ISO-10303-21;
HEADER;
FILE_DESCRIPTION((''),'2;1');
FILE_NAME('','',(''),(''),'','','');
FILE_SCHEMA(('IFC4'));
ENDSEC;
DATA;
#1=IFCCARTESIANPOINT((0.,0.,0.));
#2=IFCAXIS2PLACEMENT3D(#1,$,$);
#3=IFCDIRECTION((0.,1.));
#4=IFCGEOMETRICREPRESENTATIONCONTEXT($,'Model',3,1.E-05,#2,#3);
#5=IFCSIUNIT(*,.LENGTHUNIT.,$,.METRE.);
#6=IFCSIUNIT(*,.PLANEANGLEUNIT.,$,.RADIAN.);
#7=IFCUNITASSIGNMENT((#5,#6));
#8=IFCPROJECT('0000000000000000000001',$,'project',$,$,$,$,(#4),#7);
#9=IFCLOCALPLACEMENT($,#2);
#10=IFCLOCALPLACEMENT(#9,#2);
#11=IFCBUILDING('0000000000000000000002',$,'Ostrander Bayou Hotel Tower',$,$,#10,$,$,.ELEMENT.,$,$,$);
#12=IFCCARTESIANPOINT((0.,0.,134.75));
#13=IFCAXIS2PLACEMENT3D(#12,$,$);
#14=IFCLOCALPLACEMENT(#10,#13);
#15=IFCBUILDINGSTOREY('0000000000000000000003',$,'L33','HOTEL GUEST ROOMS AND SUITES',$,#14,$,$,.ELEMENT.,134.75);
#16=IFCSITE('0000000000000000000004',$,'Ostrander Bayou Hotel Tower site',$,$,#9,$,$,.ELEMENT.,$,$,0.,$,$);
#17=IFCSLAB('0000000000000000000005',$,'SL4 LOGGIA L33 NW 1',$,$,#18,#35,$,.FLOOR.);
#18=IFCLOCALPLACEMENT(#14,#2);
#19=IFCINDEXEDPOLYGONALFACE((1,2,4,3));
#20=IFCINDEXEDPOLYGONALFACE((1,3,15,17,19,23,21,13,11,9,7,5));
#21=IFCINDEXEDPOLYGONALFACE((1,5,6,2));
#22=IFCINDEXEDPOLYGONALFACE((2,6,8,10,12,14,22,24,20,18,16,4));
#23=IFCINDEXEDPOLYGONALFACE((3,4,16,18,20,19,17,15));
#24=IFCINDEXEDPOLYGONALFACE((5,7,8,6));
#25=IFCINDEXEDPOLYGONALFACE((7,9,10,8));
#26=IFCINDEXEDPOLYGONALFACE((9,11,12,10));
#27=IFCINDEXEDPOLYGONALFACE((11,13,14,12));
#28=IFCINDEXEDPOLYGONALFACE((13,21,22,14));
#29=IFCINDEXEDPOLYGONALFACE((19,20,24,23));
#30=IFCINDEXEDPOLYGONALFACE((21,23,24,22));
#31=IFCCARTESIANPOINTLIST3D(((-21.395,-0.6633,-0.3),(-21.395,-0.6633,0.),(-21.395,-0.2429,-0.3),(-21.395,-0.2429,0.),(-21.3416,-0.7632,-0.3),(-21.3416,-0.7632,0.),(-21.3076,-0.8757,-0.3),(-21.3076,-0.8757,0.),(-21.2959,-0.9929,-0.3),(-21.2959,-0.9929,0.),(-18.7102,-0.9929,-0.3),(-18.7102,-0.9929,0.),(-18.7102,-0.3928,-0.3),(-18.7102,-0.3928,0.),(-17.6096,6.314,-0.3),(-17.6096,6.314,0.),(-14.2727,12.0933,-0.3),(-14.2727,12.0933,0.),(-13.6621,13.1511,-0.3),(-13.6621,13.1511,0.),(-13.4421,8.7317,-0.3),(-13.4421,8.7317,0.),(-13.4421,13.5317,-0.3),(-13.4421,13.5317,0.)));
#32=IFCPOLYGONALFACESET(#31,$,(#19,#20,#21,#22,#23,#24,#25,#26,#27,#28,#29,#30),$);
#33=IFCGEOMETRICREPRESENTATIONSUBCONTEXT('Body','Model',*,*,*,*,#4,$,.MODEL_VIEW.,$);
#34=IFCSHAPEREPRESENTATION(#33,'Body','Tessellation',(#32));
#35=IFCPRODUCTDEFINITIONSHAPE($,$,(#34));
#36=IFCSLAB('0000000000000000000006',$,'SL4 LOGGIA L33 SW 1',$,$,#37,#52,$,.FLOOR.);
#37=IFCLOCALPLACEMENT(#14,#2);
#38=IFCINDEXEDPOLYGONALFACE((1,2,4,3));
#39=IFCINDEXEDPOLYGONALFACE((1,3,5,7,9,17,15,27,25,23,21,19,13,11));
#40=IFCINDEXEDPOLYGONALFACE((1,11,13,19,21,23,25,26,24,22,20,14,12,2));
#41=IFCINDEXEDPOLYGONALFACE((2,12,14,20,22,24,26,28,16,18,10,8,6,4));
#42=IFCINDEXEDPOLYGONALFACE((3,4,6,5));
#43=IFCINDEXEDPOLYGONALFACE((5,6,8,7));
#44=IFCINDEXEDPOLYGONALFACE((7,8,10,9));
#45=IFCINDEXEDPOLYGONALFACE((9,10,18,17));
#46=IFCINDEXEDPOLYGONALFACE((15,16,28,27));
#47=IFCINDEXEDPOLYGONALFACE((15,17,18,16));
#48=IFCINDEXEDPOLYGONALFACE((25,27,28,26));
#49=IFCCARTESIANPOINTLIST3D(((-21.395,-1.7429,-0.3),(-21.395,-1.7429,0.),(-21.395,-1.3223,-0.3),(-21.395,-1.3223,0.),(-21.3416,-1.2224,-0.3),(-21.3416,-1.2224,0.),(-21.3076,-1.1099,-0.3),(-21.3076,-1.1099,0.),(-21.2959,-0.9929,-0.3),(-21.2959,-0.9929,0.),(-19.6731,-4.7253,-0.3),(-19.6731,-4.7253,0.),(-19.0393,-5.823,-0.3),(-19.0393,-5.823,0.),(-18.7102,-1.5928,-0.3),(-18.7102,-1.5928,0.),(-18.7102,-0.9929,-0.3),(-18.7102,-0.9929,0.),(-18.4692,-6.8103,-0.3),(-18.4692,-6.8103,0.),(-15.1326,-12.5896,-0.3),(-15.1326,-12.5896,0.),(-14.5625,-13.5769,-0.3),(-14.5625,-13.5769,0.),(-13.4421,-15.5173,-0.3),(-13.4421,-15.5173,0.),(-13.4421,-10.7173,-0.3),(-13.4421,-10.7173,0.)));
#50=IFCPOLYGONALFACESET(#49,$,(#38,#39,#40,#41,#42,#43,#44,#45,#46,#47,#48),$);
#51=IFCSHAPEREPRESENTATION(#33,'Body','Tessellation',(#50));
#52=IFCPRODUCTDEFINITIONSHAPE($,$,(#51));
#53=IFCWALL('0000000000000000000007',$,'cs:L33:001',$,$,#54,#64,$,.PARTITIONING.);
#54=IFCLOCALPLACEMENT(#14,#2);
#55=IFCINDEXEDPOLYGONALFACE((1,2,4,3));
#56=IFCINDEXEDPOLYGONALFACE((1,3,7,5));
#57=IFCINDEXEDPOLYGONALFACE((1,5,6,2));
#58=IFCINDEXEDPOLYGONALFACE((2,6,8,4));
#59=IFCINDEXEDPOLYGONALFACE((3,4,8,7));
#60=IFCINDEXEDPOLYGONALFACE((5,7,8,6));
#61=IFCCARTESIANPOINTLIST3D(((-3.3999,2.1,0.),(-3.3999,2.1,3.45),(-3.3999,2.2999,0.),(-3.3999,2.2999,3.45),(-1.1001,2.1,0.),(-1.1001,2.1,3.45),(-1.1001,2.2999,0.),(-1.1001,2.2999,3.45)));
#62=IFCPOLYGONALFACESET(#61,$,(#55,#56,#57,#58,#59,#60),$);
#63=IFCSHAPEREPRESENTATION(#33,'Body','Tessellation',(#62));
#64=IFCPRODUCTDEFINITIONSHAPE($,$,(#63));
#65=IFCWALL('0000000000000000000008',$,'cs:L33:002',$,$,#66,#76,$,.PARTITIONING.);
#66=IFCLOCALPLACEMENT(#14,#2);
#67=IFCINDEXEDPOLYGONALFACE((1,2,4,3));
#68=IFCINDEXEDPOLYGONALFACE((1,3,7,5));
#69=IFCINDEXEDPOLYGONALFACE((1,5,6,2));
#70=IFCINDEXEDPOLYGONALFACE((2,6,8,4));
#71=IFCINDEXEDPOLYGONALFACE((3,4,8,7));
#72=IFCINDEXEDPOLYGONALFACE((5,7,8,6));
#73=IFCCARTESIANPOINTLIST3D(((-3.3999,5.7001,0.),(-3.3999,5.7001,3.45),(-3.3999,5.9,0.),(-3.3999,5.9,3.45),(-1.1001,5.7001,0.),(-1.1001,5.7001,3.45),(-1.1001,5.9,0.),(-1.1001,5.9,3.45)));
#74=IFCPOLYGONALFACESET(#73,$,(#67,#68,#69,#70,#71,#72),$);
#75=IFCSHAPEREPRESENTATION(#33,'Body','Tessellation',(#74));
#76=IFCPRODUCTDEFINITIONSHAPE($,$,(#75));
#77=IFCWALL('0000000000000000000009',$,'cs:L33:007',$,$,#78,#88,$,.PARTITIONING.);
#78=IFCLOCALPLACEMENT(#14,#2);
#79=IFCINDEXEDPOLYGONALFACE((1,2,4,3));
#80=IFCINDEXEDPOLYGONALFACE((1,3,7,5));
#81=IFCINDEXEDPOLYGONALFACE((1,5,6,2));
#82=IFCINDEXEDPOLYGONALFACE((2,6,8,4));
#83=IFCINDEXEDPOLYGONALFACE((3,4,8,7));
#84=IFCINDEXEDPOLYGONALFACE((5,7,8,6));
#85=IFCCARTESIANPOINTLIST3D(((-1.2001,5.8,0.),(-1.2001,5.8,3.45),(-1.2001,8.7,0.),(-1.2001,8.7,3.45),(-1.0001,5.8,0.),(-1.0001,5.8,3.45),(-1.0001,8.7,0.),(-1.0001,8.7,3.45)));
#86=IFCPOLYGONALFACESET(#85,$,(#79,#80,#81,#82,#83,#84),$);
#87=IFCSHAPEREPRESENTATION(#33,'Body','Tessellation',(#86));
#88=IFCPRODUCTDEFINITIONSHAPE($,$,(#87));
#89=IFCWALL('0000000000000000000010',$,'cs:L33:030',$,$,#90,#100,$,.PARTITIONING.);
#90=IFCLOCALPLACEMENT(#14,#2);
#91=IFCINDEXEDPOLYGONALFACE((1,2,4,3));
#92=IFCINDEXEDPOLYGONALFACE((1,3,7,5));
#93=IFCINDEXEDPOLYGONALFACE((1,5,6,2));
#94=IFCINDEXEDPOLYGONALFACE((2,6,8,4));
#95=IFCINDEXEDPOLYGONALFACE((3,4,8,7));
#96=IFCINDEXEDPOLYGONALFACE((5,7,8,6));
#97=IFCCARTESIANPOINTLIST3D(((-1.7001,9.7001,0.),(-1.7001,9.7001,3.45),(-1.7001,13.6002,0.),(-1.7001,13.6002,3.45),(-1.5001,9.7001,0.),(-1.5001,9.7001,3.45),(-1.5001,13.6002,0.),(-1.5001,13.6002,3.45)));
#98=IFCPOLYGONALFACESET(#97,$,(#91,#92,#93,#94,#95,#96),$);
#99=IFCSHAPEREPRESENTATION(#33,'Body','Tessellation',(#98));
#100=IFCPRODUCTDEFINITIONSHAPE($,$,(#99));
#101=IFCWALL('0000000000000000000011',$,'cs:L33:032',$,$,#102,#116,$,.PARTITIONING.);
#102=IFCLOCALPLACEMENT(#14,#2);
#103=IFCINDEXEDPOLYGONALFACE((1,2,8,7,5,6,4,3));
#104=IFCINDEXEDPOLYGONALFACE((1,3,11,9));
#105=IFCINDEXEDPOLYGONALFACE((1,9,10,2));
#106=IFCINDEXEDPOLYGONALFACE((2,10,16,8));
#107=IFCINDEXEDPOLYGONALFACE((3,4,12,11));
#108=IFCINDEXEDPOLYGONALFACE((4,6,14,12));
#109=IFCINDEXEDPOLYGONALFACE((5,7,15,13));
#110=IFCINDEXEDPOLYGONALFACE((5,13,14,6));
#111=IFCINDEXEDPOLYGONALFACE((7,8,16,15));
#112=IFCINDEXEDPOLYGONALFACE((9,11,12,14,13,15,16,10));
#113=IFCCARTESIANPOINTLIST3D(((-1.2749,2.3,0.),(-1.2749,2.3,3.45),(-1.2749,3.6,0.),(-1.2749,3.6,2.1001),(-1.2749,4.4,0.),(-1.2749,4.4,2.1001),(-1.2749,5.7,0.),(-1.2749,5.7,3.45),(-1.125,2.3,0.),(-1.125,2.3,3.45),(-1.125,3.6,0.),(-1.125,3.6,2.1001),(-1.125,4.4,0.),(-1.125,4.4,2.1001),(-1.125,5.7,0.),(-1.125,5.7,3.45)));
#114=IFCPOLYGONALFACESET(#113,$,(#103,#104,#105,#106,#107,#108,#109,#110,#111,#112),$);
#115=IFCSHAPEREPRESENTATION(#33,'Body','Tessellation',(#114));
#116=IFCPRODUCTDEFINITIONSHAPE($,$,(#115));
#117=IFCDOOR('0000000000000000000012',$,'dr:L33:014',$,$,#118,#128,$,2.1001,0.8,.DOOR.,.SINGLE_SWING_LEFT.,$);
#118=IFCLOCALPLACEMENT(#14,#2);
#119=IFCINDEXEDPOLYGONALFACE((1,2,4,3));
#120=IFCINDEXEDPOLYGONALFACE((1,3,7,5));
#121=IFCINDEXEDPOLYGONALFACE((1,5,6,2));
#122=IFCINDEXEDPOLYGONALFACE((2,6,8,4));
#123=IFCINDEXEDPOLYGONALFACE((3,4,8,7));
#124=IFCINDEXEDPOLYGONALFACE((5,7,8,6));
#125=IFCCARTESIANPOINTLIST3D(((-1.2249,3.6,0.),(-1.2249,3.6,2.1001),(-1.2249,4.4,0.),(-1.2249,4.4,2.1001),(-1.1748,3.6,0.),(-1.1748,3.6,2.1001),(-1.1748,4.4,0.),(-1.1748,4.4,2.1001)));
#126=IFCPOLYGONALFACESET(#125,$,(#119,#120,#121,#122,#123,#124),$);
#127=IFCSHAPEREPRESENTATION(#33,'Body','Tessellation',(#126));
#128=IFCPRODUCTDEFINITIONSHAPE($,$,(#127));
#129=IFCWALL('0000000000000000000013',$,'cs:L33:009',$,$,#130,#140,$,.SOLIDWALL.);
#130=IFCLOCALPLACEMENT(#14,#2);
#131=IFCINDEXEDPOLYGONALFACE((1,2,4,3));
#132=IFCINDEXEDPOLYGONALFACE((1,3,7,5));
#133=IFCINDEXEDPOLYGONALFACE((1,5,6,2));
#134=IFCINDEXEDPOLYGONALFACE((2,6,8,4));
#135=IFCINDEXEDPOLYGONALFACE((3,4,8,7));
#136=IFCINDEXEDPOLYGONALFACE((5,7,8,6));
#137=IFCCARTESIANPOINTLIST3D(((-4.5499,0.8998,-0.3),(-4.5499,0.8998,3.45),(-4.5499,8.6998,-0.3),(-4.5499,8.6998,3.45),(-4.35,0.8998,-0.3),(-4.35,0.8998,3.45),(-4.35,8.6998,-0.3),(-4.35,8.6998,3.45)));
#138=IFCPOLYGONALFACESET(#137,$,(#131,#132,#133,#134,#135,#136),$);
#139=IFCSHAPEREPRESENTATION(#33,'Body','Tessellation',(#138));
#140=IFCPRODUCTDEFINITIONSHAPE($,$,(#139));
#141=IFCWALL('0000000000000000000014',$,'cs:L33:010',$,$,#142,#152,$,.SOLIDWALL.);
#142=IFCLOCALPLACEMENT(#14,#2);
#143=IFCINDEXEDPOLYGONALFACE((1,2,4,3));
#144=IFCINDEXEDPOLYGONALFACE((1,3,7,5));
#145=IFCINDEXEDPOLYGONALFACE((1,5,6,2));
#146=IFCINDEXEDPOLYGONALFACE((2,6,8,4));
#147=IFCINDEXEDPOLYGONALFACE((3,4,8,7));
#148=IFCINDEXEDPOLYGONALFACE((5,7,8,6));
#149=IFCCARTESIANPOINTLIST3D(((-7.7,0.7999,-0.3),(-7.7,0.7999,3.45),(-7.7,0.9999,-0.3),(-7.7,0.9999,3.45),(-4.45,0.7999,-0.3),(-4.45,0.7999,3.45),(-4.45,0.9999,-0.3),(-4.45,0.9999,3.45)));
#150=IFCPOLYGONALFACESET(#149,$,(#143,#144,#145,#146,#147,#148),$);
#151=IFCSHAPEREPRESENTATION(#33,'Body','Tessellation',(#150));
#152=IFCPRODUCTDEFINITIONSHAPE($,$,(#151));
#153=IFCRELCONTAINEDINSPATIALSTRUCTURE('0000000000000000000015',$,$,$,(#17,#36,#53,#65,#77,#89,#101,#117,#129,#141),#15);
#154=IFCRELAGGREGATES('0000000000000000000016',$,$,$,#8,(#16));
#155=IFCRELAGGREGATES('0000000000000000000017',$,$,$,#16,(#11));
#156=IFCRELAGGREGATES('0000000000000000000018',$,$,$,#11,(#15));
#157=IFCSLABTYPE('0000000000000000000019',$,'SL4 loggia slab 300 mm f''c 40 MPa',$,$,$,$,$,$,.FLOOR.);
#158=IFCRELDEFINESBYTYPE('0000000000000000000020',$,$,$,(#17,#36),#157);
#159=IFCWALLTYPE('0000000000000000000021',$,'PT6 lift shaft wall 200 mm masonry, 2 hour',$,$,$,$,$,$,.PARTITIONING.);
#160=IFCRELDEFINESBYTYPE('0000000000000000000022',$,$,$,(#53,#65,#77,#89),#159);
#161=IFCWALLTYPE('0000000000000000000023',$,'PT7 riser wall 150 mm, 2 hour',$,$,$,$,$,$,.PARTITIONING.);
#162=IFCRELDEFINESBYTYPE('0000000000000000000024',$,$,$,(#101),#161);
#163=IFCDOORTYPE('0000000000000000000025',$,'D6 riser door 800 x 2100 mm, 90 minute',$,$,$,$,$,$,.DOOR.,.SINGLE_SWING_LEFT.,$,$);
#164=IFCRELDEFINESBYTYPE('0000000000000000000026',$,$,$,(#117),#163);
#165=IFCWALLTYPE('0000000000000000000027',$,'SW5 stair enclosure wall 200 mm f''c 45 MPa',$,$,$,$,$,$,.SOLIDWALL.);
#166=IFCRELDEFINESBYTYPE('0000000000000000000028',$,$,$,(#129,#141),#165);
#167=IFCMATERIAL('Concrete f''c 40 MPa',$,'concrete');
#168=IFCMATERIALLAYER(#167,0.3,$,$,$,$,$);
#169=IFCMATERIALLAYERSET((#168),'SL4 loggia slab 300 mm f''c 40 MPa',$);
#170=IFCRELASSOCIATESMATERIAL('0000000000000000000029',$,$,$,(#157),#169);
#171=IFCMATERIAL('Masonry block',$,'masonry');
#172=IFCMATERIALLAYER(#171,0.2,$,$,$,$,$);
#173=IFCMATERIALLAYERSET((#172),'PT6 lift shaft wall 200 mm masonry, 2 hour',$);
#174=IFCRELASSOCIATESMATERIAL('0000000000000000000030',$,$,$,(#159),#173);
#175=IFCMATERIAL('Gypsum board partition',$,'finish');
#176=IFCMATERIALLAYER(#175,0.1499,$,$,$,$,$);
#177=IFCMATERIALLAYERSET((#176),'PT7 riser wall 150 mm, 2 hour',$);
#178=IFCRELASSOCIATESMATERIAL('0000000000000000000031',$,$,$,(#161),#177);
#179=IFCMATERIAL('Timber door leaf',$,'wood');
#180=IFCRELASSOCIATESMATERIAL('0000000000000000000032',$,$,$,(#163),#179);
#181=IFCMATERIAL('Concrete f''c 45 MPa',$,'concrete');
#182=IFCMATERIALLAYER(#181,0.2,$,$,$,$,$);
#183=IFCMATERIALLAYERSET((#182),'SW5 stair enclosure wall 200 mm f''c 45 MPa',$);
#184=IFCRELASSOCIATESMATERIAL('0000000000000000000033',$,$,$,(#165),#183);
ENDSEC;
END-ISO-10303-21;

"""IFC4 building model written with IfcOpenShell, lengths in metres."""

from ifc_helpers import new_model, si_unit, direction, frame, frame_2d, origin, place, context, subcontext, project, spatial, polyline, rectangle, outline, extrude, material, layer, layer_set, type_object, element, fill, save


model = new_model("IFC4")

# Units and contexts
model_context = context("Model", 3, precision=1e-05, world=origin(), true_north=direction((0.0, 1.0)))
body_context = subcontext(model_context, "Body", "Model", "MODEL_VIEW")
ifc_project = project(units=[si_unit("LENGTHUNIT", "METRE"), si_unit("PLANEANGLEUNIT", "RADIAN")], contexts=[model_context])

# Site, building, storey
site_placement = place(None, origin())
site = spatial("IfcSite", under=ifc_project, at=site_placement, Name="Ostrander Bayou Hotel Tower site", CompositionType="ELEMENT", RefElevation=0.0)
building_placement = place(site_placement, origin())
building = spatial("IfcBuilding", under=site, at=building_placement, Name="Ostrander Bayou Hotel Tower", CompositionType="ELEMENT")
storey_placement = place(building_placement, frame((0.0, 0.0, 134.75)))
storey = spatial("IfcBuildingStorey", under=building, at=storey_placement, Name="L33", Description="HOTEL GUEST ROOMS AND SUITES", CompositionType="ELEMENT", Elevation=134.75)

# Slabs
ifc_material_1 = material(Name="Concrete f'c 40 MPa", Category="concrete")
ifc_layer_1 = layer(ifc_material_1, 0.3)
ifc_layer_set_1 = layer_set([ifc_layer_1], Name="SL4 loggia slab 300 mm f'c 40 MPa")
slab_type = type_object("IfcSlabType", Name="SL4 loggia slab 300 mm f'c 40 MPa", PredefinedType="FLOOR", material=ifc_layer_set_1)
slab_1_placement = place(storey_placement, frame((0.0, 0.0, -0.3)))
element("IfcSlab", 1, at=slab_1_placement, inside=storey, type_object=slab_type, Name="SL4 LOGGIA L33 NW 1", PredefinedType="FLOOR", context=body_context, shape_type="SweptSolid", body=[
    extrude(outline(polyline([(-13.4421, 13.5317), (-13.4421, 8.7317), (-18.7102, -0.3928), (-18.7102, -0.9929), (-21.2959, -0.9929), (-21.3076, -0.8757), (-21.3416, -0.7632), (-21.395, -0.6633), (-21.395, -0.2429), (-17.6096, 6.314), (-14.2727, 12.0933), (-13.6621, 13.1511), (-13.4421, 13.5317)])), origin(), (0.0, 0.0, 1.0), 0.3),
])
slab_2_placement = place(storey_placement, frame((0.0, 0.0, -0.3)))
element("IfcSlab", 2, at=slab_2_placement, inside=storey, type_object=slab_type, Name="SL4 LOGGIA L33 SW 1", PredefinedType="FLOOR", context=body_context, shape_type="SweptSolid", body=[
    extrude(outline(polyline([(-13.4421, -15.5173), (-14.5625, -13.5769), (-15.1326, -12.5896), (-18.4692, -6.8103), (-19.0393, -5.823), (-19.6731, -4.7253), (-21.395, -1.7429), (-21.395, -1.3223), (-21.3416, -1.2224), (-21.3076, -1.1099), (-21.2959, -0.9929), (-18.7102, -0.9929), (-18.7102, -1.5928), (-13.4421, -10.7173), (-13.4421, -15.5173)])), origin(), (0.0, 0.0, 1.0), 0.3),
])

# Walls
ifc_material_2 = material(Name="Masonry block", Category="masonry")
ifc_layer_2 = layer(ifc_material_2, 0.2)
ifc_layer_set_2 = layer_set([ifc_layer_2], Name="PT6 lift shaft wall 200 mm masonry, 2 hour")
wall_type_1 = type_object("IfcWallType", Name="PT6 lift shaft wall 200 mm masonry, 2 hour", PredefinedType="PARTITIONING", material=ifc_layer_set_2)
for number, where, z_axis, x_axis, name in (
    (3, (-3.3999, 2.2, 0.0), (0.0, 0.0, 1.0), (1.0, 0.0, 0.0), "cs:L33:001"),
    (4, (-3.3999, 5.8, 0.0), (0.0, 0.0, 1.0), (1.0, 0.0, 0.0), "cs:L33:002"),
):
    element("IfcWall", number, at=place(storey_placement, frame(where, z_axis=z_axis, x_axis=x_axis)), inside=storey, type_object=wall_type_1, Name=name, PredefinedType="PARTITIONING", context=body_context, shape_type="SweptSolid", body=[
        extrude(rectangle(XDim=2.2998, YDim=0.2, at=frame_2d((1.1499, 0.0))), origin(), (0.0, 0.0, 1.0), 3.45),
    ])
wall_1_placement = place(storey_placement, frame((-1.1001, 5.8, 0.0), z_axis=(0.0, 0.0, 1.0), x_axis=(0.0, 1.0, 0.0)))
element("IfcWall", 5, at=wall_1_placement, inside=storey, type_object=wall_type_1, Name="cs:L33:007", PredefinedType="PARTITIONING", context=body_context, shape_type="SweptSolid", body=[
    extrude(rectangle(XDim=2.8999, YDim=0.2, at=frame_2d((1.45, 0.0))), origin(), (0.0, 0.0, 1.0), 3.45),
])
wall_2_placement = place(storey_placement, frame((-1.6001, 9.7, 0.0), z_axis=(0.0, 0.0, 1.0), x_axis=(0.0, 1.0, 0.0)))
element("IfcWall", 6, at=wall_2_placement, inside=storey, type_object=wall_type_1, Name="cs:L33:030", PredefinedType="PARTITIONING", context=body_context, shape_type="SweptSolid", body=[
    extrude(rectangle(XDim=3.9001, YDim=0.2, at=frame_2d((1.9502, 0.0))), origin(), (0.0, 0.0, 1.0), 3.45),
])

# Wall, opening, door
ifc_material_3 = material(Name="Gypsum board partition", Category="finish")
ifc_layer_3 = layer(ifc_material_3, 0.1499)
ifc_layer_set_3 = layer_set([ifc_layer_3], Name="PT7 riser wall 150 mm, 2 hour")
wall_type_2 = type_object("IfcWallType", Name="PT7 riser wall 150 mm, 2 hour", PredefinedType="PARTITIONING", material=ifc_layer_set_3)
wall_3_placement = place(storey_placement, frame((-1.2, 2.3, 0.0), z_axis=(0.0, 0.0, 1.0), x_axis=(0.0, 1.0, 0.0)))
wall_3 = element("IfcWall", 7, at=wall_3_placement, inside=storey, type_object=wall_type_2, Name="cs:L33:032", PredefinedType="PARTITIONING", context=body_context, shape_type="SweptSolid", body=[
    extrude(rectangle(XDim=3.3999, YDim=0.1499, at=frame_2d((1.7, 0.0))), origin(), (0.0, 0.0, 1.0), 3.45),
])
opening_1_placement = place(wall_3_placement, frame((1.3, 0.0, 0.0)))
opening_1 = element("IfcOpeningElement", 8, at=opening_1_placement, cuts=wall_3, PredefinedType="OPENING", context=body_context, shape_type="SweptSolid", body=[
    extrude(rectangle(XDim=0.8, YDim=2.1001, at=frame_2d((0.3999, 1.05))), frame((0.0, 0.075, 0.0), z_axis=(0.0, -1.0, 0.0), x_axis=(1.0, 0.0, 0.0)), (0.0, 0.0, 1.0), 0.1499),
])
ifc_material_4 = material(Name="Timber door leaf", Category="wood")
door_type_1 = type_object("IfcDoorType", Name="D6 riser door 800 x 2100 mm, 90 minute", OperationType="SINGLE_SWING_LEFT", PredefinedType="DOOR", material=ifc_material_4)
door_1_placement = place(opening_1_placement, origin())
door_1 = element("IfcDoor", 9, at=door_1_placement, inside=storey, type_object=door_type_1, Name="dr:L33:014", OperationType="SINGLE_SWING_LEFT", OverallHeight=2.1001, OverallWidth=0.8, PredefinedType="DOOR", context=body_context, shape_type="SweptSolid", body=[
    extrude(rectangle(XDim=0.8, YDim=2.1001, at=frame_2d((0.3999, 1.05))), frame((0.0, 0.0249, 0.0), z_axis=(0.0, -1.0, 0.0), x_axis=(1.0, 0.0, 0.0)), (0.0, 0.0, 1.0), 0.05),
])
fill(opening_1, door_1)

# Walls
ifc_material_5 = material(Name="Concrete f'c 45 MPa", Category="concrete")
ifc_layer_4 = layer(ifc_material_5, 0.2)
ifc_layer_set_4 = layer_set([ifc_layer_4], Name="SW5 stair enclosure wall 200 mm f'c 45 MPa")
wall_type_3 = type_object("IfcWallType", Name="SW5 stair enclosure wall 200 mm f'c 45 MPa", PredefinedType="SOLIDWALL", material=ifc_layer_set_4)
wall_4_placement = place(storey_placement, frame((-4.45, 0.8999, -0.3), z_axis=(0.0, 0.0, 1.0), x_axis=(0.0, 1.0, 0.0)))
element("IfcWall", 10, at=wall_4_placement, inside=storey, type_object=wall_type_3, Name="cs:L33:009", PredefinedType="SOLIDWALL", context=body_context, shape_type="SweptSolid", body=[
    extrude(rectangle(XDim=7.8, YDim=0.2, at=frame_2d((3.8999, 0.0))), origin(), (0.0, 0.0, 1.0), 3.75),
])
wall_5_placement = place(storey_placement, frame((-7.7, 0.8999, -0.3), z_axis=(0.0, 0.0, 1.0), x_axis=(1.0, 0.0, 0.0)))
element("IfcWall", 11, at=wall_5_placement, inside=storey, type_object=wall_type_3, Name="cs:L33:010", PredefinedType="SOLIDWALL", context=body_context, shape_type="SweptSolid", body=[
    extrude(rectangle(XDim=3.25, YDim=0.2, at=frame_2d((1.625, 0.0))), origin(), (0.0, 0.0, 1.0), 3.75),
])

save(model, "model.ifc")
